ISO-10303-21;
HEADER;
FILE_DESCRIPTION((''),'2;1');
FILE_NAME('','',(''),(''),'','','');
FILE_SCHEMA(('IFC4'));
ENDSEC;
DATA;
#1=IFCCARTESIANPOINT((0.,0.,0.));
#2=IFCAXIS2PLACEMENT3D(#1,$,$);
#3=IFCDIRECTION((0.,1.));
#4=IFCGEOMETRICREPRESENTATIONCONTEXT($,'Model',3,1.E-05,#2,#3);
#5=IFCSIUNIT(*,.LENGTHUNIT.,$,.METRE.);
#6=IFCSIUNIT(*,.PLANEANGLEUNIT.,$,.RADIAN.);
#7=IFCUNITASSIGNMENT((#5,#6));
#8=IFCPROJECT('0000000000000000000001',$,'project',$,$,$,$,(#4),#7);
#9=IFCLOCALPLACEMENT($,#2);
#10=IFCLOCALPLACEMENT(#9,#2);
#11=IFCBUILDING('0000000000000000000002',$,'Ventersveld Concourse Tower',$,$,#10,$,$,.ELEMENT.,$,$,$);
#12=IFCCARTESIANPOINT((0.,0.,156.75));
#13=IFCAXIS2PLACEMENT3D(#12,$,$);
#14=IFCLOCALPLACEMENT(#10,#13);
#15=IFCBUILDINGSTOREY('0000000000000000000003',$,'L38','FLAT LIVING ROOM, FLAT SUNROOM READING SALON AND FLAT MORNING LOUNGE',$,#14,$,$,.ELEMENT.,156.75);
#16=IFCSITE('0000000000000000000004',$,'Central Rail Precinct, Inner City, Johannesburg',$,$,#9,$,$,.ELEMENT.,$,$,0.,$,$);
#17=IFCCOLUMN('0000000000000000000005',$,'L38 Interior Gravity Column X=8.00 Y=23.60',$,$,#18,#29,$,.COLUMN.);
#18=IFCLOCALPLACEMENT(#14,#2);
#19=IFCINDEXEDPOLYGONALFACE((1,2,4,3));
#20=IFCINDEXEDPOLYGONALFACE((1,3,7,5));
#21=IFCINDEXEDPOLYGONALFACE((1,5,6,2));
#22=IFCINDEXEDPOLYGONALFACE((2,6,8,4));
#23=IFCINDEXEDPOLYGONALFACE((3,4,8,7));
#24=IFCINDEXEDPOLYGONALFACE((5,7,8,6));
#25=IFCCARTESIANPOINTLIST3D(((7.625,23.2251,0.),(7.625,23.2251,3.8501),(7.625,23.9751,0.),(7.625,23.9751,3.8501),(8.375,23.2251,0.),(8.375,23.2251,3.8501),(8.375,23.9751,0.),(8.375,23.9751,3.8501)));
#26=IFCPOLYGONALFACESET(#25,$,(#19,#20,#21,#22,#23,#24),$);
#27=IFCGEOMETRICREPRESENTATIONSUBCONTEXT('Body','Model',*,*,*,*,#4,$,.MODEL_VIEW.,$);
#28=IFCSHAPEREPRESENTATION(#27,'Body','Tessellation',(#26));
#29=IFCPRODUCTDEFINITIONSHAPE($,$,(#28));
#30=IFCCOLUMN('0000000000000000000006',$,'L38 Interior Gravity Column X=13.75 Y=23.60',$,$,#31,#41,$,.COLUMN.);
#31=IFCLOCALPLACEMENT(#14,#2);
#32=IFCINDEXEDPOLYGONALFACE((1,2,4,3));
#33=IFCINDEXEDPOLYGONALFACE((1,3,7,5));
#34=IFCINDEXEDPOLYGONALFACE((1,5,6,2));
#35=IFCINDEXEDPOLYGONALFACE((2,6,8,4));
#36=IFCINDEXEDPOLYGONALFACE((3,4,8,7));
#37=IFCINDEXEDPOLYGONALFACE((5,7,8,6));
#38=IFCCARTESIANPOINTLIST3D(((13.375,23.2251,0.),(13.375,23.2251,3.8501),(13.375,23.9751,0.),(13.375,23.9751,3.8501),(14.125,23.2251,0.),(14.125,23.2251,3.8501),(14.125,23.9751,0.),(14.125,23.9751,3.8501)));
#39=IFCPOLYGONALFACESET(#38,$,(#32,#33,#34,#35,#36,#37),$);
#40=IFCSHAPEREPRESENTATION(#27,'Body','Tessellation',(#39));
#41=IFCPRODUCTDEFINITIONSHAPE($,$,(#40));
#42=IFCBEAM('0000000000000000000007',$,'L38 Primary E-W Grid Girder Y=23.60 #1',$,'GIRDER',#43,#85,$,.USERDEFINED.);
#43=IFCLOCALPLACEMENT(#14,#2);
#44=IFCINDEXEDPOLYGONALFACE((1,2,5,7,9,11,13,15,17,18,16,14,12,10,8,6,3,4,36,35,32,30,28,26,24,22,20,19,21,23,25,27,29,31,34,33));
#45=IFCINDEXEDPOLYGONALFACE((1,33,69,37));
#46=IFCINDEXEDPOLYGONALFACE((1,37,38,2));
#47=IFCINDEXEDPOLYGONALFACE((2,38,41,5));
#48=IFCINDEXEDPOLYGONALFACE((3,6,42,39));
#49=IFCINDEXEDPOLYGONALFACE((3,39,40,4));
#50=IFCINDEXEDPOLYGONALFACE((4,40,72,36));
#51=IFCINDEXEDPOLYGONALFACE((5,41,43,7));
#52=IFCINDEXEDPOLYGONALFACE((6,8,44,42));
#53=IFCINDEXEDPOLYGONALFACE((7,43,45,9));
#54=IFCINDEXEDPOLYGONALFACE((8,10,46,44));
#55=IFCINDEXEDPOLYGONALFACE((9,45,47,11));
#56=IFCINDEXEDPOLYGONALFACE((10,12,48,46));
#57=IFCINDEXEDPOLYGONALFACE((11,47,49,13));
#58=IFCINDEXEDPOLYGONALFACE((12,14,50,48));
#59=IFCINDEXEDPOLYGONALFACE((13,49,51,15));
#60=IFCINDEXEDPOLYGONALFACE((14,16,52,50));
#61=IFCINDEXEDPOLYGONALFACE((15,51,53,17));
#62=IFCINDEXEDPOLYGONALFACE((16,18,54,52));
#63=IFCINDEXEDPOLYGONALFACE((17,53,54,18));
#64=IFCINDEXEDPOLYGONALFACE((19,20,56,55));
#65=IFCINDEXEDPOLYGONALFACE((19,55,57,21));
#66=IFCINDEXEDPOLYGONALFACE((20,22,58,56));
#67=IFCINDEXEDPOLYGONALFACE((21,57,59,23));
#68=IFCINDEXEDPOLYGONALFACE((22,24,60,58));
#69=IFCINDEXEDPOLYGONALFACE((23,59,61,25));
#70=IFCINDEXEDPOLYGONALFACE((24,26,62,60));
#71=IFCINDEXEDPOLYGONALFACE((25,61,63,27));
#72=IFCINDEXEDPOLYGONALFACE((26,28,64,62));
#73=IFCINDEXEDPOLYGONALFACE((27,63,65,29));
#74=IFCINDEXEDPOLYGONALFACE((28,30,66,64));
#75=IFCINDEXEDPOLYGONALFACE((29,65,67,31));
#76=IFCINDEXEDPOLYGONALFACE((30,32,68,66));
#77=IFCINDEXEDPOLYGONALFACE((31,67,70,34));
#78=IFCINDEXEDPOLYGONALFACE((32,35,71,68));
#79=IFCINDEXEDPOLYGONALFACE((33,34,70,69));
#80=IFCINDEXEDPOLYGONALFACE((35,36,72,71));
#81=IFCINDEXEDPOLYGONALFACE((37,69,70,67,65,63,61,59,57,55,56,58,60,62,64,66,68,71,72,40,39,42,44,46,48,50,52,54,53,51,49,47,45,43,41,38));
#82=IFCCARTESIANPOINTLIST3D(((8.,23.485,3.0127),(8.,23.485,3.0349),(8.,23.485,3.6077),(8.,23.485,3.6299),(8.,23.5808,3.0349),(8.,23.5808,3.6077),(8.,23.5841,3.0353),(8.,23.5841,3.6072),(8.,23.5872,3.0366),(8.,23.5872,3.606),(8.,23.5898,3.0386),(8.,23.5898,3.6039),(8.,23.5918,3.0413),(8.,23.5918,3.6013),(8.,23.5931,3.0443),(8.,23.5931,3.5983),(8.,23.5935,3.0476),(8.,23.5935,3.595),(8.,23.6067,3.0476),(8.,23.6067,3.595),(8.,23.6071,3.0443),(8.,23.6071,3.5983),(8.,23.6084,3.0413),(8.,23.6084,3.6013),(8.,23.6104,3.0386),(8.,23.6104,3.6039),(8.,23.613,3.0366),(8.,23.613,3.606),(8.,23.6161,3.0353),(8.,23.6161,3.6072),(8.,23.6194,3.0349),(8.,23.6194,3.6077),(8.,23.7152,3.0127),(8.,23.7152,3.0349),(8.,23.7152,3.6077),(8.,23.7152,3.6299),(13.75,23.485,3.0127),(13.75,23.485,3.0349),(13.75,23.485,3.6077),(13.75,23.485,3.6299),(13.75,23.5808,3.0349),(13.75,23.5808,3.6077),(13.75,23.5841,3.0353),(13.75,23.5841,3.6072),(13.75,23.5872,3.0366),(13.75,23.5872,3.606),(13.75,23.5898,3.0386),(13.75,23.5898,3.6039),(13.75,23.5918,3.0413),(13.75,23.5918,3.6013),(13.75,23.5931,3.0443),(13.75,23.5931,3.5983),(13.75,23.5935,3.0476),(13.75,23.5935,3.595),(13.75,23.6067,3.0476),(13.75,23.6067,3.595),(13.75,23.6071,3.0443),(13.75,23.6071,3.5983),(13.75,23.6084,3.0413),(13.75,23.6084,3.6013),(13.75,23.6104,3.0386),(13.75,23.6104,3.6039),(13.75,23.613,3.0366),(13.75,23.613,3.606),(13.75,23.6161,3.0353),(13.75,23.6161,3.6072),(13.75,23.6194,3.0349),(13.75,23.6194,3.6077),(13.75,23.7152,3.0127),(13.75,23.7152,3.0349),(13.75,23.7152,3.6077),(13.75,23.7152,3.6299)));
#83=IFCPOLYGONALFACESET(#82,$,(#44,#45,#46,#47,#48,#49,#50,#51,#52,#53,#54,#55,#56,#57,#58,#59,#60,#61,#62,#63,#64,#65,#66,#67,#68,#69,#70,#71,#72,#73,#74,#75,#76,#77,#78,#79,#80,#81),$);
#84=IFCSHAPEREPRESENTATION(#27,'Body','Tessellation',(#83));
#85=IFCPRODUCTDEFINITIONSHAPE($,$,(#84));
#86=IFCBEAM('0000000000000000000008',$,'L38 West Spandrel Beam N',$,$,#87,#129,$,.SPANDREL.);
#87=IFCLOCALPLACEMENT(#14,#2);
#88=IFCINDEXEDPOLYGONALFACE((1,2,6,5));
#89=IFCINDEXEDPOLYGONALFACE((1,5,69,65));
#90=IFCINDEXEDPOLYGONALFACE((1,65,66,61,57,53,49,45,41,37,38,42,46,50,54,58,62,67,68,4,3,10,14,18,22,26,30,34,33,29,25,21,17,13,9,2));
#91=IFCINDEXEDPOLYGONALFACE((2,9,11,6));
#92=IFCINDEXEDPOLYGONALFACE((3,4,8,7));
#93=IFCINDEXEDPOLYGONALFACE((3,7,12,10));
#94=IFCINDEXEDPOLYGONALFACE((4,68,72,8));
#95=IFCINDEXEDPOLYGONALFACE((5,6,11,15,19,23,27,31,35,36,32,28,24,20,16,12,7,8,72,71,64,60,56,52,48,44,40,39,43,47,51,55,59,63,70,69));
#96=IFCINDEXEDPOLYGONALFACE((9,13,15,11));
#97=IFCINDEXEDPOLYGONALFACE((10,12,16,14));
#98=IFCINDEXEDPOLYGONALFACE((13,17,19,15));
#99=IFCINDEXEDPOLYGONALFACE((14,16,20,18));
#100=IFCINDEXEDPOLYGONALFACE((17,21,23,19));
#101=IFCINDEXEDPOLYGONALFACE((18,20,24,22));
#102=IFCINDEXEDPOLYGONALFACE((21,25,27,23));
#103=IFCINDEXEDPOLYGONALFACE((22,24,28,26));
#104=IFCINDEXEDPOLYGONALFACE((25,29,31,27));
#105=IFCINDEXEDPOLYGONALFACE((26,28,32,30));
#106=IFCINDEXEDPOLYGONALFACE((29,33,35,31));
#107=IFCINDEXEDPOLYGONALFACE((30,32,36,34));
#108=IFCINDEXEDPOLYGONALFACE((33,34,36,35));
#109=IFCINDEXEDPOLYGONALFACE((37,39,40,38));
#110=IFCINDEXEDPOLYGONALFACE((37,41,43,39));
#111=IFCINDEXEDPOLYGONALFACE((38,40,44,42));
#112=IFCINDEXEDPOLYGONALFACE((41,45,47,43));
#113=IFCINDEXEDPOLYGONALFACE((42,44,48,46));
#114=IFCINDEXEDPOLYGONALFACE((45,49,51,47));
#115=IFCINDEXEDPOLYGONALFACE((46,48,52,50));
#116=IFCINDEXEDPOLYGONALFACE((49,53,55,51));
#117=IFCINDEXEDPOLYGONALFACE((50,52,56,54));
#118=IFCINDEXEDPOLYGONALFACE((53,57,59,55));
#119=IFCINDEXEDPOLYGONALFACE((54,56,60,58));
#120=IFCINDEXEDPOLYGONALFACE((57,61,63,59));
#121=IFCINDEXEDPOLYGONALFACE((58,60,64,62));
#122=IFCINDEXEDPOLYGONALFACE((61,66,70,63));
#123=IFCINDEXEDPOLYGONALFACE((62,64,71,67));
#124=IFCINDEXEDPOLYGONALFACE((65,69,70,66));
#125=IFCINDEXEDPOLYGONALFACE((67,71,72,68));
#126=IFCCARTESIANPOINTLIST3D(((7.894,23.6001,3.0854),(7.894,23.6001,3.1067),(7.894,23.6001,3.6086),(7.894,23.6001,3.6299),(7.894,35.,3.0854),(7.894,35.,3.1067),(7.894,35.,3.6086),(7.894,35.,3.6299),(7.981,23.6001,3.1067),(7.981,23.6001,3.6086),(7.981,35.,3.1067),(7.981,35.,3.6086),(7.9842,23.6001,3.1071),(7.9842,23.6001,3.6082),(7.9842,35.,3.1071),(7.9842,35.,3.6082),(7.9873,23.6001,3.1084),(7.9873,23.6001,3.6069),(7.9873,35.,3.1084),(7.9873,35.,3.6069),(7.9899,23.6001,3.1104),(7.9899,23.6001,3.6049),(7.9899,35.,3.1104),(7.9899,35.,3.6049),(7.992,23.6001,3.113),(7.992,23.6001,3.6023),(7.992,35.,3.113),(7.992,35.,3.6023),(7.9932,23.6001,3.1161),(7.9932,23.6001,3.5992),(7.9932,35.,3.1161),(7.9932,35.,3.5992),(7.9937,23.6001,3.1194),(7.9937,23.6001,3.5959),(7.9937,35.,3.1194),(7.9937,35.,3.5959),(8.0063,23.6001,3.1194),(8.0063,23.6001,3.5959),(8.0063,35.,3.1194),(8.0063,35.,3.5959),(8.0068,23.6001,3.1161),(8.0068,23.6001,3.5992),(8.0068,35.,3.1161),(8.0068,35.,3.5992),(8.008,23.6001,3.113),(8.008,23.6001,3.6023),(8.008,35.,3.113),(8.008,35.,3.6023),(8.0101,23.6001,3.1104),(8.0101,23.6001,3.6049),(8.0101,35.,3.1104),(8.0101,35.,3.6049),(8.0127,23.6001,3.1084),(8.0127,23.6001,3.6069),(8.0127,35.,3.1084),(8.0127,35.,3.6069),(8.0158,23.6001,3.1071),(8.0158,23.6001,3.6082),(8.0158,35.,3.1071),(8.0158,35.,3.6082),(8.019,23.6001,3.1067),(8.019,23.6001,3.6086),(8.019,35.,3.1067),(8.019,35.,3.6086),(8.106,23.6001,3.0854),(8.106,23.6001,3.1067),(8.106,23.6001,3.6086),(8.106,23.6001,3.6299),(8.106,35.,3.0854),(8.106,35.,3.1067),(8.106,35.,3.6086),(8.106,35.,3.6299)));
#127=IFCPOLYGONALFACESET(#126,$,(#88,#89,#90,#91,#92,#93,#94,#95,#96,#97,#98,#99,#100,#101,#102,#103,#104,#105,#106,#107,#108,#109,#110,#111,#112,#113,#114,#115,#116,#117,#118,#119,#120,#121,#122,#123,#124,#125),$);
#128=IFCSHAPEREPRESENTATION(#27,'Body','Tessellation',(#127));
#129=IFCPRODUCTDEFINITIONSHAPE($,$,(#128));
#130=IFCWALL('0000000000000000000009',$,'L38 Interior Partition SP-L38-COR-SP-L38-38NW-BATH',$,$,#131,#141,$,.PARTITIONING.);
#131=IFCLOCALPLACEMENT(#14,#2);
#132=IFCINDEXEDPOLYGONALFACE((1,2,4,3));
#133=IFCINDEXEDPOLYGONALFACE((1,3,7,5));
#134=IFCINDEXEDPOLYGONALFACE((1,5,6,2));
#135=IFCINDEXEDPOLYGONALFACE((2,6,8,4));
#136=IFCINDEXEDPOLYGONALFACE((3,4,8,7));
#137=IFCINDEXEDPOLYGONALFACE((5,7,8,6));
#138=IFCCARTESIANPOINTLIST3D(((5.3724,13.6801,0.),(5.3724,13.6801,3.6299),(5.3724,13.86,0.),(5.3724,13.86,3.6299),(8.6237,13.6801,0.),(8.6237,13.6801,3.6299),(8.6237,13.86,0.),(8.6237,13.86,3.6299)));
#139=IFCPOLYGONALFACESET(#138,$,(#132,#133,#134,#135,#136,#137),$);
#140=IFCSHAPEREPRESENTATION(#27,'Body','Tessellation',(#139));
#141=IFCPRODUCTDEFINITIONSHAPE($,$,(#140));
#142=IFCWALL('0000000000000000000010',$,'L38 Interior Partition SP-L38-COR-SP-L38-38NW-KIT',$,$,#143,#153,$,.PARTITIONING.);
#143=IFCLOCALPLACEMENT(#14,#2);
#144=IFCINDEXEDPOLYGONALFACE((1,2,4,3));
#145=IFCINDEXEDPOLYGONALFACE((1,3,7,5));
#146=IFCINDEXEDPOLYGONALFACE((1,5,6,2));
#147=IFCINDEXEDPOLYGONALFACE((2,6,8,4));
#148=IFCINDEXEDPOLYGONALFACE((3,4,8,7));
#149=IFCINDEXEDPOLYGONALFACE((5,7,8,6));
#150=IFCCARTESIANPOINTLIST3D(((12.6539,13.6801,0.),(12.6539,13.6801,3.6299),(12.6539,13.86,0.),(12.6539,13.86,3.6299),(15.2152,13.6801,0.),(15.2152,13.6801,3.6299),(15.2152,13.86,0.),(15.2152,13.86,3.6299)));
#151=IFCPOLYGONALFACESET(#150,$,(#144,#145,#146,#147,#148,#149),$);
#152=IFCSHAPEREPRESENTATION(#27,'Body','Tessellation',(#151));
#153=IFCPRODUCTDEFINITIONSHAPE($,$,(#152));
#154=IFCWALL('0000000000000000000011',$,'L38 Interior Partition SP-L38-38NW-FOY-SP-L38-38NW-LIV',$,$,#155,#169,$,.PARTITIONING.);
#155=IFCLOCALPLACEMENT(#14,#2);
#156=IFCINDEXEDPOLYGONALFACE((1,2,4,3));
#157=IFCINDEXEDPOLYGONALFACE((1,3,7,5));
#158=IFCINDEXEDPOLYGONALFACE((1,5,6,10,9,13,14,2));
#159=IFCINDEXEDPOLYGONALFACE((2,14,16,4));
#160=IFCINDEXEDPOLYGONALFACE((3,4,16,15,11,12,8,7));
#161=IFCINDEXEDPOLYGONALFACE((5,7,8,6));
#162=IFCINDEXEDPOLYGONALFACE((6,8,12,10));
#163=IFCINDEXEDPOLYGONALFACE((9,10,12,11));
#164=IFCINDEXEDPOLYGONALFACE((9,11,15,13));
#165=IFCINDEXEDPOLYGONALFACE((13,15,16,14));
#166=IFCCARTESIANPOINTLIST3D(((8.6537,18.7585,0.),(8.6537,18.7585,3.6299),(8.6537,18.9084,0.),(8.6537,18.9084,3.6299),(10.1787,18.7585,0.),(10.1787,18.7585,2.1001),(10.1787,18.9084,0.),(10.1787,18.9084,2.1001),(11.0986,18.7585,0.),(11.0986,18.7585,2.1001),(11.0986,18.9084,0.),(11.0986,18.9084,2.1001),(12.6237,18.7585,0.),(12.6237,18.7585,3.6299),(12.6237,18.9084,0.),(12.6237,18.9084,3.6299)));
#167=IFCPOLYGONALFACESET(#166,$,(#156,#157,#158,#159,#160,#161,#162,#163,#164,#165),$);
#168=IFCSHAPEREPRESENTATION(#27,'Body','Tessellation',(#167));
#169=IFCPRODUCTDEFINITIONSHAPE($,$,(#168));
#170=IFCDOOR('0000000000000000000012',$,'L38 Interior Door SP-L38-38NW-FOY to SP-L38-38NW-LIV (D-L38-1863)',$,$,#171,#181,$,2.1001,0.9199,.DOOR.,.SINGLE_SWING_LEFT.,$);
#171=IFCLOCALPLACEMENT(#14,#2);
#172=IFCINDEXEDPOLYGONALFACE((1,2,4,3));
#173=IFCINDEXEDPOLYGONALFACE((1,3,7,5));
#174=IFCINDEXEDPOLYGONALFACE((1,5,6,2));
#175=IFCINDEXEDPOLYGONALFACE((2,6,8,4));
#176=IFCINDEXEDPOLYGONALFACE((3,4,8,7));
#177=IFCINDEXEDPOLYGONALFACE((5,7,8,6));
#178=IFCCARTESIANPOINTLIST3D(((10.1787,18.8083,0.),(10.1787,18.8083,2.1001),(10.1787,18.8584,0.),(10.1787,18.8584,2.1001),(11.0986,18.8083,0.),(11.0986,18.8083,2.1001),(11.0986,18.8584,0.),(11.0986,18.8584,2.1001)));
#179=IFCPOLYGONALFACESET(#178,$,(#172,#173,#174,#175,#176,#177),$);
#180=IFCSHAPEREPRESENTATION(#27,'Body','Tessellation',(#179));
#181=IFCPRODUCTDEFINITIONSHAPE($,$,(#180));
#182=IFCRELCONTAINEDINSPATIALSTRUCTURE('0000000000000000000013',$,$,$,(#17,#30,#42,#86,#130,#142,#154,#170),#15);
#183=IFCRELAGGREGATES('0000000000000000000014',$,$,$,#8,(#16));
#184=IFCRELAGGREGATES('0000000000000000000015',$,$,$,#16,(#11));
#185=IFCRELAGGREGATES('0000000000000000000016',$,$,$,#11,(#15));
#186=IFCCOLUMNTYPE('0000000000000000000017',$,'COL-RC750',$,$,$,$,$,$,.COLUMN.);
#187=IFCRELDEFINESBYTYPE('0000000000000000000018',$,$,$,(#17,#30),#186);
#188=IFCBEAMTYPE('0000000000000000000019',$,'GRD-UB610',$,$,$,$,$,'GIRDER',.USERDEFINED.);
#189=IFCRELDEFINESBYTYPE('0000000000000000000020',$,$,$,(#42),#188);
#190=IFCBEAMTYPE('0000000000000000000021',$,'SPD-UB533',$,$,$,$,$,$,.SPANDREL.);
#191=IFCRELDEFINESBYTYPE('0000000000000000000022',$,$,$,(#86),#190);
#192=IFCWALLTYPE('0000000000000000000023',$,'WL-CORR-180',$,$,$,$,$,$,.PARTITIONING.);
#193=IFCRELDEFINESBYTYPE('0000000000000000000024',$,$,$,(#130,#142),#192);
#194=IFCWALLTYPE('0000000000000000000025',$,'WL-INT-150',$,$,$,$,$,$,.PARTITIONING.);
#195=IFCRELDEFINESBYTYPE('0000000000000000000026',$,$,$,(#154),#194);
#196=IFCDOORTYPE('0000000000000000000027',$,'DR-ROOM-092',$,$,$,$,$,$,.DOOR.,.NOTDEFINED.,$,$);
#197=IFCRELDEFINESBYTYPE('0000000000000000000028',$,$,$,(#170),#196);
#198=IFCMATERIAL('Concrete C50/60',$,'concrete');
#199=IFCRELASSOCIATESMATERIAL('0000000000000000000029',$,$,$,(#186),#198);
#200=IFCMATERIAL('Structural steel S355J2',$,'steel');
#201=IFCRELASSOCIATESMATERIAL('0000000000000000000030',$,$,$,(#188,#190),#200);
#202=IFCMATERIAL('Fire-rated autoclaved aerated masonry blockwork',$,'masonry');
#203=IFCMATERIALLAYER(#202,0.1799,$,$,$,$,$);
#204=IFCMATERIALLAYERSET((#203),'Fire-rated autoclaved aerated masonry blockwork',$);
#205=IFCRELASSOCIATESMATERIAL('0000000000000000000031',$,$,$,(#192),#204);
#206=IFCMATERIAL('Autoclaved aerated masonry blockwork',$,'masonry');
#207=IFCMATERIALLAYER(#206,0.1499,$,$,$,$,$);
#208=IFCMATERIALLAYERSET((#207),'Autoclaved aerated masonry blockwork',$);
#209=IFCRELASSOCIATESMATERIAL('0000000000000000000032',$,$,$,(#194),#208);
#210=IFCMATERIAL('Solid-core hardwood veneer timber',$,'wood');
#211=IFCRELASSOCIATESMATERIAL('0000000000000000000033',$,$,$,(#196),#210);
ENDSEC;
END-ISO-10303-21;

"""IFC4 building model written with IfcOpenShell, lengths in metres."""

from ifc_helpers import new_model, si_unit, direction, frame, frame_2d, origin, origin_2d, place, context, subcontext, project, spatial, rectangle, i_section, extrude, material, layer, layer_set, material_profile, profile_set, type_object, element, fill, save


model = new_model("IFC4")

# Units and contexts
model_context = context("Model", 3, precision=1e-05, world=origin(), true_north=direction((0.0, 1.0)))
body_context = subcontext(model_context, "Body", "Model", "MODEL_VIEW")
ifc_project = project(units=[si_unit("LENGTHUNIT", "METRE"), si_unit("PLANEANGLEUNIT", "RADIAN")], contexts=[model_context])

# Site, building, storey
site_placement = place(None, origin())
site = spatial("IfcSite", under=ifc_project, at=site_placement, Name="Central Rail Precinct, Inner City, Johannesburg", CompositionType="ELEMENT", RefElevation=0.0)
building_placement = place(site_placement, origin())
building = spatial("IfcBuilding", under=site, at=building_placement, Name="Ventersveld Concourse Tower", CompositionType="ELEMENT")
storey_placement = place(building_placement, frame((0.0, 0.0, 156.75)))
storey = spatial("IfcBuildingStorey", under=building, at=storey_placement, Name="L38", Description="FLAT LIVING ROOM, FLAT SUNROOM READING SALON AND FLAT MORNING LOUNGE", CompositionType="ELEMENT", Elevation=156.75)

# Columns
ifc_material_1 = material(Name="Concrete C50/60", Category="concrete")
ifc_material_profile_1 = material_profile(ifc_material_1, rectangle(XDim=0.75, YDim=0.75, at=origin_2d()), Name="RC 750x750")
ifc_profile_set_1 = profile_set([ifc_material_profile_1], Name="Concrete C50/60")
column_type = type_object("IfcColumnType", Name="COL-RC750", PredefinedType="COLUMN", material=ifc_profile_set_1)
for number, where, z_axis, x_axis, name in (
    (1, (8.0, 23.6001, 0.0), (0.0, 0.0, 1.0), (1.0, 0.0, 0.0), "L38 Interior Gravity Column X=8.00 Y=23.60"),
    (2, (13.75, 23.6001, 0.0), (0.0, 0.0, 1.0), (1.0, 0.0, 0.0), "L38 Interior Gravity Column X=13.75 Y=23.60"),
):
    element("IfcColumn", number, at=place(storey_placement, frame(where, z_axis=z_axis, x_axis=x_axis)), inside=storey, type_object=column_type, Name=name, PredefinedType="COLUMN", context=body_context, shape_type="SweptSolid", body=[
        extrude(rectangle(XDim=0.75, YDim=0.75, at=origin_2d()), origin(), (0.0, 0.0, 1.0), 3.8501),
    ])

# Beams
ifc_material_2 = material(Name="Structural steel S355J2", Category="steel")
ifc_material_profile_2 = material_profile(ifc_material_2, i_section(OverallWidth=0.2302, OverallDepth=0.6172, WebThickness=0.0132, FlangeThickness=0.0222, FilletRadius=0.0127, at=origin_2d()), Name="UB 610x229x140")
ifc_profile_set_2 = profile_set([ifc_material_profile_2], Name="Structural steel S355J2")
beam_type_1 = type_object("IfcBeamType", Name="GRD-UB610", ElementType="GIRDER", PredefinedType="USERDEFINED", material=ifc_profile_set_2)
beam_1_placement = place(storey_placement, frame((8.0, 23.6001, 3.3213), z_axis=(1.0, 0.0, 0.0), x_axis=(0.0, 1.0, 0.0)))
element("IfcBeam", 3, at=beam_1_placement, inside=storey, type_object=beam_type_1, Name="L38 Primary E-W Grid Girder Y=23.60 #1", ObjectType="GIRDER", PredefinedType="USERDEFINED", context=body_context, shape_type="SweptSolid", body=[
    extrude(i_section(OverallWidth=0.2302, OverallDepth=0.6172, WebThickness=0.0132, FlangeThickness=0.0222, FilletRadius=0.0127, at=origin_2d()), origin(), (0.0, 0.0, 1.0), 5.75),
])
ifc_material_profile_3 = material_profile(ifc_material_2, i_section(OverallWidth=0.2119, OverallDepth=0.5444, WebThickness=0.0127, FlangeThickness=0.0212, FilletRadius=0.0127, at=origin_2d()), Name="UB 533x210x122")
ifc_profile_set_3 = profile_set([ifc_material_profile_3], Name="Structural steel S355J2")
beam_type_2 = type_object("IfcBeamType", Name="SPD-UB533", PredefinedType="SPANDREL", material=ifc_profile_set_3)
beam_2_placement = place(storey_placement, frame((8.0, 23.6001, 3.3577), z_axis=(0.0, 1.0, 0.0), x_axis=(-1.0, 0.0, 0.0)))
element("IfcBeam", 4, at=beam_2_placement, inside=storey, type_object=beam_type_2, Name="L38 West Spandrel Beam N", PredefinedType="SPANDREL", context=body_context, shape_type="SweptSolid", body=[
    extrude(i_section(OverallWidth=0.2119, OverallDepth=0.5444, WebThickness=0.0127, FlangeThickness=0.0212, FilletRadius=0.0127, at=origin_2d()), origin(), (0.0, 0.0, 1.0), 11.3999),
])

# Shared definitions
ifc_material_3 = material(Name="Fire-rated autoclaved aerated masonry blockwork", Category="masonry")
ifc_layer_1 = layer(ifc_material_3, 0.1799)
ifc_layer_set_1 = layer_set([ifc_layer_1], Name="Fire-rated autoclaved aerated masonry blockwork")
wall_type_1 = type_object("IfcWallType", Name="WL-CORR-180", PredefinedType="PARTITIONING", material=ifc_layer_set_1)
ifc_material_4 = material(Name="Solid-core hardwood veneer timber", Category="wood")

# Walls
wall_1_placement = place(storey_placement, frame((5.3726, 13.77, 0.0), z_axis=(0.0, 0.0, 1.0), x_axis=(1.0, 0.0, 0.0)))
element("IfcWall", 5, at=wall_1_placement, inside=storey, type_object=wall_type_1, Name="L38 Interior Partition SP-L38-COR-SP-L38-38NW-BATH", PredefinedType="PARTITIONING", context=body_context, shape_type="SweptSolid", body=[
    extrude(rectangle(XDim=3.2512, YDim=0.1799, at=frame_2d((1.6255, 0.0))), origin(), (0.0, 0.0, 1.0), 3.6299),
])
wall_2_placement = place(storey_placement, frame((12.6538, 13.77, 0.0), z_axis=(0.0, 0.0, 1.0), x_axis=(1.0, 0.0, 0.0)))
element("IfcWall", 6, at=wall_2_placement, inside=storey, type_object=wall_type_1, Name="L38 Interior Partition SP-L38-COR-SP-L38-38NW-KIT", PredefinedType="PARTITIONING", context=body_context, shape_type="SweptSolid", body=[
    extrude(rectangle(XDim=2.5613, YDim=0.1799, at=frame_2d((1.2808, 0.0))), origin(), (0.0, 0.0, 1.0), 3.6299),
])

# Wall, opening, door
ifc_material_5 = material(Name="Autoclaved aerated masonry blockwork", Category="masonry")
ifc_layer_2 = layer(ifc_material_5, 0.1499)
ifc_layer_set_2 = layer_set([ifc_layer_2], Name="Autoclaved aerated masonry blockwork")
wall_type_2 = type_object("IfcWallType", Name="WL-INT-150", PredefinedType="PARTITIONING", material=ifc_layer_set_2)
wall_3_placement = place(storey_placement, frame((8.6538, 18.8335, 0.0), z_axis=(0.0, 0.0, 1.0), x_axis=(1.0, 0.0, 0.0)))
wall_3 = element("IfcWall", 7, at=wall_3_placement, inside=storey, type_object=wall_type_2, Name="L38 Interior Partition SP-L38-38NW-FOY-SP-L38-38NW-LIV", PredefinedType="PARTITIONING", context=body_context, shape_type="SweptSolid", body=[
    extrude(rectangle(XDim=3.97, YDim=0.1499, at=frame_2d((1.9849, 0.0))), origin(), (0.0, 0.0, 1.0), 3.6299),
])
opening_1_placement = place(wall_3_placement, frame((1.5249, 0.0, 0.0)))
opening_1 = element("IfcOpeningElement", 8, at=opening_1_placement, cuts=wall_3, PredefinedType="OPENING", context=body_context, shape_type="SweptSolid", body=[
    extrude(rectangle(XDim=0.9199, YDim=2.1001, at=frame_2d((0.46, 1.05))), frame((0.0, 0.085, 0.0), z_axis=(0.0, -1.0, 0.0), x_axis=(1.0, 0.0, 0.0)), (0.0, 0.0, 1.0), 0.1699),
])
door_type_1 = type_object("IfcDoorType", Name="DR-ROOM-092", OperationType="NOTDEFINED", PredefinedType="DOOR", material=ifc_material_4)
door_1_placement = place(opening_1_placement, origin())
door_1 = element("IfcDoor", 9, at=door_1_placement, inside=storey, type_object=door_type_1, Name="L38 Interior Door SP-L38-38NW-FOY to SP-L38-38NW-LIV (D-L38-1863)", OperationType="SINGLE_SWING_LEFT", OverallHeight=2.1001, OverallWidth=0.9199, PredefinedType="DOOR", context=body_context, shape_type="SweptSolid", body=[
    extrude(rectangle(XDim=0.9199, YDim=2.1001, at=frame_2d((0.46, 1.05))), frame((0.0, 0.0249, 0.0), z_axis=(0.0, -1.0, 0.0), x_axis=(1.0, 0.0, 0.0)), (0.0, 0.0, 1.0), 0.05),
])
fill(opening_1, door_1)

save(model, "model.ifc")
